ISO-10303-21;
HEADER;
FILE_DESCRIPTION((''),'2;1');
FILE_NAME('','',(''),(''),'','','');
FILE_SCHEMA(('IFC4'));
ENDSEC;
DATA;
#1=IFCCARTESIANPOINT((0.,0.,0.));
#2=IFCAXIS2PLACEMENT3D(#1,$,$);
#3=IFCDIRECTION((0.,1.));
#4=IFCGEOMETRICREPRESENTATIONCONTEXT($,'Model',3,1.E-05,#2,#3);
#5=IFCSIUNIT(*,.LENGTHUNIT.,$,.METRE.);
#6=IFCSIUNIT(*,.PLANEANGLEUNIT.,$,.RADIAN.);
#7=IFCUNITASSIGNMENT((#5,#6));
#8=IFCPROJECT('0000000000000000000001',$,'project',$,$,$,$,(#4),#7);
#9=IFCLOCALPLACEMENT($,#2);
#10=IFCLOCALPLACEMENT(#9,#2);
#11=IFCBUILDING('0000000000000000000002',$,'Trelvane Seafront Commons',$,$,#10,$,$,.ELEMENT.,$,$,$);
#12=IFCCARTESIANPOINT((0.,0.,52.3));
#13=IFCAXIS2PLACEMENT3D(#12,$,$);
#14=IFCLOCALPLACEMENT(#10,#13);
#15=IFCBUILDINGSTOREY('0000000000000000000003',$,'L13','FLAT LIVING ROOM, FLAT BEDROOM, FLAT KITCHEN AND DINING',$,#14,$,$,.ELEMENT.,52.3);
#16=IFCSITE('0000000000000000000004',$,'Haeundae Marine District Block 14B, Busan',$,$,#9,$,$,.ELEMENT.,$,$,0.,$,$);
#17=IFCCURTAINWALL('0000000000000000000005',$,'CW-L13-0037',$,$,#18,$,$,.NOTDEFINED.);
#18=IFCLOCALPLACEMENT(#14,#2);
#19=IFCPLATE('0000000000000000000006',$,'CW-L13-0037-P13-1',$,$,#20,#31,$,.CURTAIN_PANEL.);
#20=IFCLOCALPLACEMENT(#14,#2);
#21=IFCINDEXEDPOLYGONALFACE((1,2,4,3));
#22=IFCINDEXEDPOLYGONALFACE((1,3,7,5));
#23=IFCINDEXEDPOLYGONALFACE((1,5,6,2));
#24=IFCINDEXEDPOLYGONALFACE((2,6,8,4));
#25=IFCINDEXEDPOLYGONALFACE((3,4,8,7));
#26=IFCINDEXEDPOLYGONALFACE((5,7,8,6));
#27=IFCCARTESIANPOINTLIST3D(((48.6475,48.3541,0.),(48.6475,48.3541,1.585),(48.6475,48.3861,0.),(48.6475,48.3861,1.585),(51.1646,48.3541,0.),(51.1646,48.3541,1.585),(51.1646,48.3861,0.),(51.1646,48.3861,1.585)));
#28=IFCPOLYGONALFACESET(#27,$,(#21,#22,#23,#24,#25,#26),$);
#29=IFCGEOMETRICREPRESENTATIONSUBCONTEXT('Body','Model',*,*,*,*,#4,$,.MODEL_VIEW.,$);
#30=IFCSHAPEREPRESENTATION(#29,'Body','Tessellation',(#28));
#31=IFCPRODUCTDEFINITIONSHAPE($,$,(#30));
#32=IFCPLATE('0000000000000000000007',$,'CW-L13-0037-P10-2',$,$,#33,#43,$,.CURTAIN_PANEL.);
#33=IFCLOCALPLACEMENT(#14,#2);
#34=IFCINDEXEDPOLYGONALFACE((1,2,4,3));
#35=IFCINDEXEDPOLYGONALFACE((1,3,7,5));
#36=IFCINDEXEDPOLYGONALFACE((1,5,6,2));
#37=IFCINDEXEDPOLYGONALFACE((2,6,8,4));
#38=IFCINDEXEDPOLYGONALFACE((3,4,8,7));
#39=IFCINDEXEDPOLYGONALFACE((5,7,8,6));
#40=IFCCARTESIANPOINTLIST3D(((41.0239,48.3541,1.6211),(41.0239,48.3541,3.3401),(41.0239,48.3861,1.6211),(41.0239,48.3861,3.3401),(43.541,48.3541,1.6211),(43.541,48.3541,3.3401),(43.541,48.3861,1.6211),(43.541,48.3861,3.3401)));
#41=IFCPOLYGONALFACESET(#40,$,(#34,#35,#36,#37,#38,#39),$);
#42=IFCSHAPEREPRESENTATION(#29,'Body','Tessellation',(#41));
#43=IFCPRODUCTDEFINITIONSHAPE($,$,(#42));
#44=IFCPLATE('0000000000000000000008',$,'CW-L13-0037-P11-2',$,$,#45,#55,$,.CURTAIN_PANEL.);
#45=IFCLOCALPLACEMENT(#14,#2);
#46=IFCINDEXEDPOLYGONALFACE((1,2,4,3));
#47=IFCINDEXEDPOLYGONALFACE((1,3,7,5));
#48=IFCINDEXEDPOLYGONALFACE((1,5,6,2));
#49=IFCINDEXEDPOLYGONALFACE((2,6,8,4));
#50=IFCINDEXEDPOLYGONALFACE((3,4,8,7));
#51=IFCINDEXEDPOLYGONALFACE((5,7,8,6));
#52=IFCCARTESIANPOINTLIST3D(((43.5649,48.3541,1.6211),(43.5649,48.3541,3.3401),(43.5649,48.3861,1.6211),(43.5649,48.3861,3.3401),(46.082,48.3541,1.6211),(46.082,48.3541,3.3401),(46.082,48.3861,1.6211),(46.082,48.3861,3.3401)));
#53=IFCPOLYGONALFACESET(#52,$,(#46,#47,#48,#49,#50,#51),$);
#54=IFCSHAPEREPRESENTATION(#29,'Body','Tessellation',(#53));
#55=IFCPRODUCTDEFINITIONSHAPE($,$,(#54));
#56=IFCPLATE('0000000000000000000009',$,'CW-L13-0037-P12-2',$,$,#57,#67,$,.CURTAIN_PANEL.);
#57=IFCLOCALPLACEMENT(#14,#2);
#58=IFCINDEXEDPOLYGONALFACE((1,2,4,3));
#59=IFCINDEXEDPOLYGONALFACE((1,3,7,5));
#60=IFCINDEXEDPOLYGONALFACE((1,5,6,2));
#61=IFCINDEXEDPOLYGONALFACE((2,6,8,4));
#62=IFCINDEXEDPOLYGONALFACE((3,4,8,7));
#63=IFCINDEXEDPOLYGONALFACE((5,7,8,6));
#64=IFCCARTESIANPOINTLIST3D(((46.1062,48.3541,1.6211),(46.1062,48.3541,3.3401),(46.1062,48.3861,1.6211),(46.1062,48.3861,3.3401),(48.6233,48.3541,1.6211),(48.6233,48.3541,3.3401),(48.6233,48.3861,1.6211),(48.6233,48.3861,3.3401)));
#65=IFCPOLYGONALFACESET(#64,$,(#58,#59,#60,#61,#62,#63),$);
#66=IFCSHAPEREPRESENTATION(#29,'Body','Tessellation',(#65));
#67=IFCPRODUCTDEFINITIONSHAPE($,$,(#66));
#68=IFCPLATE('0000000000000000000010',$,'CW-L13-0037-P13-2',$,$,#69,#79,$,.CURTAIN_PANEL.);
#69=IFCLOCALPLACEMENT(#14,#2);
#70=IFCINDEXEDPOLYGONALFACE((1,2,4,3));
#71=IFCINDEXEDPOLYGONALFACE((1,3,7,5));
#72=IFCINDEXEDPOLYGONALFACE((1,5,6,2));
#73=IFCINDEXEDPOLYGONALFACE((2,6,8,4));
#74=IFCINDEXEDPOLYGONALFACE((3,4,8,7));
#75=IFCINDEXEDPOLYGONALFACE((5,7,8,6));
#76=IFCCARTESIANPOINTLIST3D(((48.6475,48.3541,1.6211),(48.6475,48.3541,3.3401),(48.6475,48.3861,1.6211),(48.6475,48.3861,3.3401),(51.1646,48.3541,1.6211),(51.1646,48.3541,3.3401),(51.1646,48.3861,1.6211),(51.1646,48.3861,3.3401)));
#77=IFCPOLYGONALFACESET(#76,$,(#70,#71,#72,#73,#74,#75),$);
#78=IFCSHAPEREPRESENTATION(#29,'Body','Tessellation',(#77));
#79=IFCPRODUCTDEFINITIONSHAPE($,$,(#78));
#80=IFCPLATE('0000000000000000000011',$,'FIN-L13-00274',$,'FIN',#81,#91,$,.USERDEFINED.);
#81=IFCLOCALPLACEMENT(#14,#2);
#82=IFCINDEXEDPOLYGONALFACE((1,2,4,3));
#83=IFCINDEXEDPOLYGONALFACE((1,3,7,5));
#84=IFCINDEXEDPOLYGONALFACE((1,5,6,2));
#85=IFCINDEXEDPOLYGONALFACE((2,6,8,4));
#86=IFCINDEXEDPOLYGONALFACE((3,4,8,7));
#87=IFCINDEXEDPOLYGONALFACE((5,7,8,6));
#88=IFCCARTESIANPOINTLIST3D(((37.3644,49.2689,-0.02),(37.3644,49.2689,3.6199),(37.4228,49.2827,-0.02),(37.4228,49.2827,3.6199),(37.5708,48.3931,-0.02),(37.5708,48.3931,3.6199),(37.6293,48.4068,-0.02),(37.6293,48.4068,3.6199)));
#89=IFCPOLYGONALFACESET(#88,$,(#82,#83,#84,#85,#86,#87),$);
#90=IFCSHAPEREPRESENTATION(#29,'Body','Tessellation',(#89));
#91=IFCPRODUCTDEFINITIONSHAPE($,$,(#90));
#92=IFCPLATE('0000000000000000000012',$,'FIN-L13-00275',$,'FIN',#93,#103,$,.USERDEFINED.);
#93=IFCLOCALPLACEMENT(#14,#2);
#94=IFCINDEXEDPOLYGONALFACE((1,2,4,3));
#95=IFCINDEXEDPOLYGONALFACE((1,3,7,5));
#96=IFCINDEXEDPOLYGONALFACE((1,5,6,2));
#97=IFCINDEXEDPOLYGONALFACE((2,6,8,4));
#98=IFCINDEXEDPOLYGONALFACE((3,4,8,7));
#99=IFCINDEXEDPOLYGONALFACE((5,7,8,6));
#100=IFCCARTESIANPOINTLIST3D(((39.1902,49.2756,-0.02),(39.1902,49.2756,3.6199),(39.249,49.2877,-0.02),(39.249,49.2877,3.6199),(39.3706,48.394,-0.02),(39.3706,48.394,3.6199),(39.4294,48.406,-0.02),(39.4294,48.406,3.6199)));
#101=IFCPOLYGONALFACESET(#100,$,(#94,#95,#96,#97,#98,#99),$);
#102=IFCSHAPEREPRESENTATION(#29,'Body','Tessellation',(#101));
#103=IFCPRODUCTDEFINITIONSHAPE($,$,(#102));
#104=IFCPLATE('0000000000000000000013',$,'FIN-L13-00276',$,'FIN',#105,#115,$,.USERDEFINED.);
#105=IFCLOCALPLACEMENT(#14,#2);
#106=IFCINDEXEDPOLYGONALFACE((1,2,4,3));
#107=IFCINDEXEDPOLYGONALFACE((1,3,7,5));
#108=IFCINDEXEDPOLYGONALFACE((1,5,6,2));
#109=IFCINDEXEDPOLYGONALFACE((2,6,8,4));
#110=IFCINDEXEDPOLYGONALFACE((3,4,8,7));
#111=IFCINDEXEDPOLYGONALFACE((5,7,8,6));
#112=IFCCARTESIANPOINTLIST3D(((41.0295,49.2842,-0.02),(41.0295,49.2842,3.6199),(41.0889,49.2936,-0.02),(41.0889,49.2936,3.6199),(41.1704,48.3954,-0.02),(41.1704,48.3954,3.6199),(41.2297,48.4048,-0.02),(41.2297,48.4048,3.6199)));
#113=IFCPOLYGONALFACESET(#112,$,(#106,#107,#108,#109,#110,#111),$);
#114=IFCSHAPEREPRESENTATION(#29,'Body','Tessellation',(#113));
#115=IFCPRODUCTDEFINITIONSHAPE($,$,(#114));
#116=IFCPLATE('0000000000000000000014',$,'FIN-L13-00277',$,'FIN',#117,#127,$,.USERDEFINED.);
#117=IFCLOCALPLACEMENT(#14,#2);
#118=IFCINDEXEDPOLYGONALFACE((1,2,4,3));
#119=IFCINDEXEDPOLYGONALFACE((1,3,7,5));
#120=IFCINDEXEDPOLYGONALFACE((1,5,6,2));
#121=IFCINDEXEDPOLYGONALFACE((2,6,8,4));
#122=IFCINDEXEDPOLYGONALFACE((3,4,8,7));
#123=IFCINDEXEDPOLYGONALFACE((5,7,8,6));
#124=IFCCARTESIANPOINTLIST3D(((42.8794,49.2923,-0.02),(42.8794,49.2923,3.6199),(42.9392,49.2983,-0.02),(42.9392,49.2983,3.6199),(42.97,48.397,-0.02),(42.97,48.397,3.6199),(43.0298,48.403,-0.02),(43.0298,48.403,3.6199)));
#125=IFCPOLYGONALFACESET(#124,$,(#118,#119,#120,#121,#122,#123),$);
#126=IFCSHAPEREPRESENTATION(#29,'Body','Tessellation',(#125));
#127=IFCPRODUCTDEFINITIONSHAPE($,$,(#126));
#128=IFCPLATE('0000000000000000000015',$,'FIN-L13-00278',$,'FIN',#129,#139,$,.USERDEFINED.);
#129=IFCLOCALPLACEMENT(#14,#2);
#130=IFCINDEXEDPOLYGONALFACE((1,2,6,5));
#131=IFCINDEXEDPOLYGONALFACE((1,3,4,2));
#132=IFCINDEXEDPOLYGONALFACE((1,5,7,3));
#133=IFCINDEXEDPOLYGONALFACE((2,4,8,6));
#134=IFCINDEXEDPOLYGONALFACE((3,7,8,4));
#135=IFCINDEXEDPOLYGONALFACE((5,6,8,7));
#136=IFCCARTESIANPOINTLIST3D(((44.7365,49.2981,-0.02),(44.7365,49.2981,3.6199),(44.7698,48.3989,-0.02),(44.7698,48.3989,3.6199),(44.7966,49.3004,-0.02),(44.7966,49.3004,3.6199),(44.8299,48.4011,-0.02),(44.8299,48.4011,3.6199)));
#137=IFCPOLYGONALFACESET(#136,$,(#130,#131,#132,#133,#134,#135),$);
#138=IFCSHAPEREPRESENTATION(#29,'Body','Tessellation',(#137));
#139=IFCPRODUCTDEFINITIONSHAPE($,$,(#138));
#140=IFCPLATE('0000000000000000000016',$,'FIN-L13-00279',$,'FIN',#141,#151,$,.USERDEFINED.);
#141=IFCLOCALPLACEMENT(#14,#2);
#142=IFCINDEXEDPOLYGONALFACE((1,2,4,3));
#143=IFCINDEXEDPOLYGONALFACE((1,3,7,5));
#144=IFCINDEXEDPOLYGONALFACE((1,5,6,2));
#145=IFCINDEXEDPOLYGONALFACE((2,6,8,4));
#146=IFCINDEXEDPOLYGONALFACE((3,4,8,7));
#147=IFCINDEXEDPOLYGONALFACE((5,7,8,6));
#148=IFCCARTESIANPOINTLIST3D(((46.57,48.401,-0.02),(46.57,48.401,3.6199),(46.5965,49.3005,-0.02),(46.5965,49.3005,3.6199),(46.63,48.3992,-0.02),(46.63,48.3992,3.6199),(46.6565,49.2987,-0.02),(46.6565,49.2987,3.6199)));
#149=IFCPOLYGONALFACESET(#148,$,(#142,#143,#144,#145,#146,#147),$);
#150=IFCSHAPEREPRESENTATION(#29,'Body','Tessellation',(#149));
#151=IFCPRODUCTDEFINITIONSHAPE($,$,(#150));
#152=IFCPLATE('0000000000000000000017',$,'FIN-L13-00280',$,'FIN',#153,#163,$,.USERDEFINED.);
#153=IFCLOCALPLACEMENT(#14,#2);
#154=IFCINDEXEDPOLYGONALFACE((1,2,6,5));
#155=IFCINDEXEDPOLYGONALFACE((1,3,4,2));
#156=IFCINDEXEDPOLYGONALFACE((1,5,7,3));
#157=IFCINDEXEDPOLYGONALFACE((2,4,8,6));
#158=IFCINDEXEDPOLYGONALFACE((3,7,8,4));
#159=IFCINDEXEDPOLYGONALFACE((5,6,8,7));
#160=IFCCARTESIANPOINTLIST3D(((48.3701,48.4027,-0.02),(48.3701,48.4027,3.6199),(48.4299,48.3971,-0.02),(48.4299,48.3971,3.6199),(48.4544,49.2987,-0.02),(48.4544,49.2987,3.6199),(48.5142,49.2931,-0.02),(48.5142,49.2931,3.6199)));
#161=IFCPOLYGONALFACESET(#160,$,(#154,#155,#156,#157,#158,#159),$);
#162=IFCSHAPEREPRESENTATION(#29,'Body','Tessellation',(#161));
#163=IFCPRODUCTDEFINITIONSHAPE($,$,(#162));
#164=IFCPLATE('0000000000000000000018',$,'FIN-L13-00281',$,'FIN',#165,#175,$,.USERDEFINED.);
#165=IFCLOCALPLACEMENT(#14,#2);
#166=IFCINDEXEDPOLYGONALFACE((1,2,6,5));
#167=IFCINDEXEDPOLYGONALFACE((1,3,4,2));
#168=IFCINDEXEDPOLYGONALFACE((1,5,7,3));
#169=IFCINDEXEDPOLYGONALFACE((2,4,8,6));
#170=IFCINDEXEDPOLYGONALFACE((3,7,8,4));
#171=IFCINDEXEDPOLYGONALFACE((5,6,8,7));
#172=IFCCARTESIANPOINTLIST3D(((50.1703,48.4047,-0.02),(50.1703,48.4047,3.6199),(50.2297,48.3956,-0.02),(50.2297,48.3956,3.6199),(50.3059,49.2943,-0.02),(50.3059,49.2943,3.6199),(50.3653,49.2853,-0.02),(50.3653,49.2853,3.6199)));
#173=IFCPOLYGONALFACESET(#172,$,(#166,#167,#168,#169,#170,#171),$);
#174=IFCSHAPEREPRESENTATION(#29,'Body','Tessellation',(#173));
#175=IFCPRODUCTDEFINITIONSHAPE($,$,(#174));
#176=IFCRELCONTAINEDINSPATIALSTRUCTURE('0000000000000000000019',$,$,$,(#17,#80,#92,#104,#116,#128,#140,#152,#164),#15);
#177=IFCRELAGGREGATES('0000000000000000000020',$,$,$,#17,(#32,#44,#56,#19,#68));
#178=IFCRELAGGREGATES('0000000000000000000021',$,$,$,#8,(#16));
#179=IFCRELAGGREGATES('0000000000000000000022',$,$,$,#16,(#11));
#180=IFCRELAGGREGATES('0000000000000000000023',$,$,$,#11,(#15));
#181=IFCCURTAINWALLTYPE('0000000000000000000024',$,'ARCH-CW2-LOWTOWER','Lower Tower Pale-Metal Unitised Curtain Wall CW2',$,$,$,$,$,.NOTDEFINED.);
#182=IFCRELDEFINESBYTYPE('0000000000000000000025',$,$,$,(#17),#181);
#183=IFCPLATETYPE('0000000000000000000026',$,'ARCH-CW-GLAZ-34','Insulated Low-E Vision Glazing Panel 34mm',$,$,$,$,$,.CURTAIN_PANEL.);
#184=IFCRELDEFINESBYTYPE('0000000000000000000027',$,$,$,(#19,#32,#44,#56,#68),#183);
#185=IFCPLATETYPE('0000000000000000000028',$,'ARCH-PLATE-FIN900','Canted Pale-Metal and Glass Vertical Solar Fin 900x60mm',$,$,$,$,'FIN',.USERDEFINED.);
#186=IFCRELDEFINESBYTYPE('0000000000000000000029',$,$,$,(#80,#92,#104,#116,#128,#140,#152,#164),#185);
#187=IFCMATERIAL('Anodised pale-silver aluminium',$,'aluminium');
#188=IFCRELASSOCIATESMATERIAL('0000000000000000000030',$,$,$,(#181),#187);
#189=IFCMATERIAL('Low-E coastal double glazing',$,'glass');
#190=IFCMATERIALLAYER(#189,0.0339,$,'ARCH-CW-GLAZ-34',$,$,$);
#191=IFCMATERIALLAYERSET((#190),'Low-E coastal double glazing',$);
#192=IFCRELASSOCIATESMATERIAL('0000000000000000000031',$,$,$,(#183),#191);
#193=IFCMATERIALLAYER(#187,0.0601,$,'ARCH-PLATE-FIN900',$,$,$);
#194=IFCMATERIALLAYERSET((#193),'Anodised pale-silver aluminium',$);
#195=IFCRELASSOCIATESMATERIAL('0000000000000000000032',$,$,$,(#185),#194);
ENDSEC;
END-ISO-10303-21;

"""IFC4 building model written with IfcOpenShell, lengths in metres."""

from ifc_helpers import new_model, si_unit, direction, frame, origin, origin_2d, place, context, subcontext, project, spatial, rectangle, extrude, source, transform, mapped, material, layer, layer_set, type_object, element, aggregate, save


model = new_model("IFC4")

# Units and contexts
model_context = context("Model", 3, precision=1e-05, world=origin(), true_north=direction((0.0, 1.0)))
body_context = subcontext(model_context, "Body", "Model", "MODEL_VIEW")
ifc_project = project(units=[si_unit("LENGTHUNIT", "METRE"), si_unit("PLANEANGLEUNIT", "RADIAN")], contexts=[model_context])

# Site, building, storey
site_placement = place(None, origin())
site = spatial("IfcSite", under=ifc_project, at=site_placement, Name="Haeundae Marine District Block 14B, Busan", CompositionType="ELEMENT", RefElevation=0.0)
building_placement = place(site_placement, origin())
building = spatial("IfcBuilding", under=site, at=building_placement, Name="Trelvane Seafront Commons", CompositionType="ELEMENT")
storey_placement = place(building_placement, frame((0.0, 0.0, 52.3)))
storey = spatial("IfcBuildingStorey", under=building, at=storey_placement, Name="L13", Description="FLAT LIVING ROOM, FLAT BEDROOM, FLAT KITCHEN AND DINING", CompositionType="ELEMENT", Elevation=52.3)

# Curtain wall, plates
ifc_material_1 = material(Name="Anodised pale-silver aluminium", Category="aluminium")
curtain_wall_type = type_object("IfcCurtainWallType", Name="ARCH-CW2-LOWTOWER", Description="Lower Tower Pale-Metal Unitised Curtain Wall CW2", PredefinedType="NOTDEFINED", material=ifc_material_1)
curtain_wall_placement = place(storey_placement, origin())
curtain_wall = element("IfcCurtainWall", 1, at=curtain_wall_placement, inside=storey, type_object=curtain_wall_type, Name="CW-L13-0037", PredefinedType="NOTDEFINED")
ifc_material_2 = material(Name="Low-E coastal double glazing", Category="glass")
ifc_layer_1 = layer(ifc_material_2, 0.0339, Name="ARCH-CW-GLAZ-34")
ifc_layer_set_1 = layer_set([ifc_layer_1], Name="Low-E coastal double glazing")
plate_type_1 = type_object("IfcPlateType", Name="ARCH-CW-GLAZ-34", Description="Insulated Low-E Vision Glazing Panel 34mm", PredefinedType="CURTAIN_PANEL", material=ifc_layer_set_1)
shared_shape_1 = source(origin(), body_context, "Body", "SweptSolid", [
    extrude(rectangle(XDim=2.5171, YDim=0.032, at=origin_2d()), origin(), (0.0, 0.0, 1.0), 1.585),
])
plate_1_placement = place(storey_placement, frame((49.906, 48.3701, 0.0), z_axis=(0.0, 0.0, 1.0), x_axis=(1.0, 0.0, 0.0)))
plate_1 = element("IfcPlate", 2, at=plate_1_placement, type_object=plate_type_1, Name="CW-L13-0037-P13-1", PredefinedType="CURTAIN_PANEL", context=body_context, shape_type="MappedRepresentation", body=[
    mapped(shared_shape_1, transform((0.0, 0.0, 0.0), x_axis=(1.0, 0.0, 0.0), y_axis=(0.0, 1.0, 0.0), z_axis=(0.0, 0.0, 1.0), scale=1.0)),
])
shared_shape_2 = source(origin(), body_context, "Body", "SweptSolid", [
    extrude(rectangle(XDim=2.5171, YDim=0.032, at=origin_2d()), origin(), (0.0, 0.0, 1.0), 1.719),
])
plate_2_placement = place(storey_placement, frame((42.2825, 48.3701, 1.6211), z_axis=(0.0, 0.0, 1.0), x_axis=(1.0, 0.0, 0.0)))
plate_2 = element("IfcPlate", 3, at=plate_2_placement, type_object=plate_type_1, Name="CW-L13-0037-P10-2", PredefinedType="CURTAIN_PANEL", context=body_context, shape_type="MappedRepresentation", body=[
    mapped(shared_shape_2, transform((0.0, 0.0, 0.0), x_axis=(1.0, 0.0, 0.0), y_axis=(0.0, 1.0, 0.0), z_axis=(0.0, 0.0, 1.0), scale=1.0)),
])
plate_3_placement = place(storey_placement, frame((44.8235, 48.3701, 1.6211), z_axis=(0.0, 0.0, 1.0), x_axis=(1.0, 0.0, 0.0)))
plate_3 = element("IfcPlate", 4, at=plate_3_placement, type_object=plate_type_1, Name="CW-L13-0037-P11-2", PredefinedType="CURTAIN_PANEL", context=body_context, shape_type="MappedRepresentation", body=[
    mapped(shared_shape_2, transform((0.0, 0.0, 0.0), x_axis=(1.0, 0.0, 0.0), y_axis=(0.0, 1.0, 0.0), z_axis=(0.0, 0.0, 1.0), scale=1.0)),
])
plate_4_placement = place(storey_placement, frame((47.3647, 48.3701, 1.6211), z_axis=(0.0, 0.0, 1.0), x_axis=(1.0, 0.0, 0.0)))
plate_4 = element("IfcPlate", 5, at=plate_4_placement, type_object=plate_type_1, Name="CW-L13-0037-P12-2", PredefinedType="CURTAIN_PANEL", context=body_context, shape_type="MappedRepresentation", body=[
    mapped(shared_shape_2, transform((0.0, 0.0, 0.0), x_axis=(1.0, 0.0, 0.0), y_axis=(0.0, 1.0, 0.0), z_axis=(0.0, 0.0, 1.0), scale=1.0)),
])
plate_5_placement = place(storey_placement, frame((49.906, 48.3701, 1.6211), z_axis=(0.0, 0.0, 1.0), x_axis=(1.0, 0.0, 0.0)))
plate_5 = element("IfcPlate", 6, at=plate_5_placement, type_object=plate_type_1, Name="CW-L13-0037-P13-2", PredefinedType="CURTAIN_PANEL", context=body_context, shape_type="MappedRepresentation", body=[
    mapped(shared_shape_2, transform((0.0, 0.0, 0.0), x_axis=(1.0, 0.0, 0.0), y_axis=(0.0, 1.0, 0.0), z_axis=(0.0, 0.0, 1.0), scale=1.0)),
])
aggregate(curtain_wall, [plate_2, plate_3, plate_4, plate_1, plate_5])

# Plates
ifc_layer_2 = layer(ifc_material_1, 0.0601, Name="ARCH-PLATE-FIN900")
ifc_layer_set_2 = layer_set([ifc_layer_2], Name="Anodised pale-silver aluminium")
plate_type_2 = type_object("IfcPlateType", Name="ARCH-PLATE-FIN900", Description="Canted Pale-Metal and Glass Vertical Solar Fin 900x60mm", ElementType="FIN", PredefinedType="USERDEFINED", material=ifc_layer_set_2)
shared_shape_3 = source(origin(), body_context, "Body", "SweptSolid", [
    extrude(rectangle(XDim=0.8999, YDim=0.0601, at=origin_2d()), origin(), (0.0, 0.0, 1.0), 3.6399),
])
for number, where, z_axis, x_axis, name in (
    (7, (37.4968, 48.8379, -0.02), (0.0, 0.0, 1.0), (-0.229442, 0.973322, 0.0), "FIN-L13-00274"),
    (8, (39.3098, 48.8408, -0.02), (0.0, 0.0, 1.0), (-0.200452, 0.979703, 0.0), "FIN-L13-00275"),
    (9, (41.1296, 48.8445, -0.02), (0.0, 0.0, 1.0), (-0.156555, 0.987669, 0.0), "FIN-L13-00276"),
    (10, (42.9546, 48.8477, -0.02), (0.0, 0.0, 1.0), (-0.100669, 0.99492, 0.0), "FIN-L13-00277"),
    (11, (44.7832, 48.8496, -0.02), (0.0, 0.0, 1.0), (-0.037, 0.999315, 0.0), "FIN-L13-00278"),
    (12, (46.6133, 48.8499, -0.02), (0.0, 0.0, 1.0), (0.029445, 0.999566, 0.0), "FIN-L13-00279"),
    (13, (48.4421, 48.8479, -0.02), (0.0, 0.0, 1.0), (0.09367, 0.995603, 0.0), "FIN-L13-00280"),
    (14, (50.2678, 48.845, -0.02), (0.0, 0.0, 1.0), (0.150671, 0.988584, 0.0), "FIN-L13-00281"),
):
    element("IfcPlate", number, at=place(storey_placement, frame(where, z_axis=z_axis, x_axis=x_axis)), inside=storey, type_object=plate_type_2, Name=name, ObjectType="FIN", PredefinedType="USERDEFINED", context=body_context, shape_type="MappedRepresentation", body=[
        mapped(shared_shape_3, transform((0.0, 0.0, 0.0), x_axis=(1.0, 0.0, 0.0), y_axis=(0.0, 1.0, 0.0), z_axis=(0.0, 0.0, 1.0), scale=1.0)),
    ])

save(model, "model.ifc")
